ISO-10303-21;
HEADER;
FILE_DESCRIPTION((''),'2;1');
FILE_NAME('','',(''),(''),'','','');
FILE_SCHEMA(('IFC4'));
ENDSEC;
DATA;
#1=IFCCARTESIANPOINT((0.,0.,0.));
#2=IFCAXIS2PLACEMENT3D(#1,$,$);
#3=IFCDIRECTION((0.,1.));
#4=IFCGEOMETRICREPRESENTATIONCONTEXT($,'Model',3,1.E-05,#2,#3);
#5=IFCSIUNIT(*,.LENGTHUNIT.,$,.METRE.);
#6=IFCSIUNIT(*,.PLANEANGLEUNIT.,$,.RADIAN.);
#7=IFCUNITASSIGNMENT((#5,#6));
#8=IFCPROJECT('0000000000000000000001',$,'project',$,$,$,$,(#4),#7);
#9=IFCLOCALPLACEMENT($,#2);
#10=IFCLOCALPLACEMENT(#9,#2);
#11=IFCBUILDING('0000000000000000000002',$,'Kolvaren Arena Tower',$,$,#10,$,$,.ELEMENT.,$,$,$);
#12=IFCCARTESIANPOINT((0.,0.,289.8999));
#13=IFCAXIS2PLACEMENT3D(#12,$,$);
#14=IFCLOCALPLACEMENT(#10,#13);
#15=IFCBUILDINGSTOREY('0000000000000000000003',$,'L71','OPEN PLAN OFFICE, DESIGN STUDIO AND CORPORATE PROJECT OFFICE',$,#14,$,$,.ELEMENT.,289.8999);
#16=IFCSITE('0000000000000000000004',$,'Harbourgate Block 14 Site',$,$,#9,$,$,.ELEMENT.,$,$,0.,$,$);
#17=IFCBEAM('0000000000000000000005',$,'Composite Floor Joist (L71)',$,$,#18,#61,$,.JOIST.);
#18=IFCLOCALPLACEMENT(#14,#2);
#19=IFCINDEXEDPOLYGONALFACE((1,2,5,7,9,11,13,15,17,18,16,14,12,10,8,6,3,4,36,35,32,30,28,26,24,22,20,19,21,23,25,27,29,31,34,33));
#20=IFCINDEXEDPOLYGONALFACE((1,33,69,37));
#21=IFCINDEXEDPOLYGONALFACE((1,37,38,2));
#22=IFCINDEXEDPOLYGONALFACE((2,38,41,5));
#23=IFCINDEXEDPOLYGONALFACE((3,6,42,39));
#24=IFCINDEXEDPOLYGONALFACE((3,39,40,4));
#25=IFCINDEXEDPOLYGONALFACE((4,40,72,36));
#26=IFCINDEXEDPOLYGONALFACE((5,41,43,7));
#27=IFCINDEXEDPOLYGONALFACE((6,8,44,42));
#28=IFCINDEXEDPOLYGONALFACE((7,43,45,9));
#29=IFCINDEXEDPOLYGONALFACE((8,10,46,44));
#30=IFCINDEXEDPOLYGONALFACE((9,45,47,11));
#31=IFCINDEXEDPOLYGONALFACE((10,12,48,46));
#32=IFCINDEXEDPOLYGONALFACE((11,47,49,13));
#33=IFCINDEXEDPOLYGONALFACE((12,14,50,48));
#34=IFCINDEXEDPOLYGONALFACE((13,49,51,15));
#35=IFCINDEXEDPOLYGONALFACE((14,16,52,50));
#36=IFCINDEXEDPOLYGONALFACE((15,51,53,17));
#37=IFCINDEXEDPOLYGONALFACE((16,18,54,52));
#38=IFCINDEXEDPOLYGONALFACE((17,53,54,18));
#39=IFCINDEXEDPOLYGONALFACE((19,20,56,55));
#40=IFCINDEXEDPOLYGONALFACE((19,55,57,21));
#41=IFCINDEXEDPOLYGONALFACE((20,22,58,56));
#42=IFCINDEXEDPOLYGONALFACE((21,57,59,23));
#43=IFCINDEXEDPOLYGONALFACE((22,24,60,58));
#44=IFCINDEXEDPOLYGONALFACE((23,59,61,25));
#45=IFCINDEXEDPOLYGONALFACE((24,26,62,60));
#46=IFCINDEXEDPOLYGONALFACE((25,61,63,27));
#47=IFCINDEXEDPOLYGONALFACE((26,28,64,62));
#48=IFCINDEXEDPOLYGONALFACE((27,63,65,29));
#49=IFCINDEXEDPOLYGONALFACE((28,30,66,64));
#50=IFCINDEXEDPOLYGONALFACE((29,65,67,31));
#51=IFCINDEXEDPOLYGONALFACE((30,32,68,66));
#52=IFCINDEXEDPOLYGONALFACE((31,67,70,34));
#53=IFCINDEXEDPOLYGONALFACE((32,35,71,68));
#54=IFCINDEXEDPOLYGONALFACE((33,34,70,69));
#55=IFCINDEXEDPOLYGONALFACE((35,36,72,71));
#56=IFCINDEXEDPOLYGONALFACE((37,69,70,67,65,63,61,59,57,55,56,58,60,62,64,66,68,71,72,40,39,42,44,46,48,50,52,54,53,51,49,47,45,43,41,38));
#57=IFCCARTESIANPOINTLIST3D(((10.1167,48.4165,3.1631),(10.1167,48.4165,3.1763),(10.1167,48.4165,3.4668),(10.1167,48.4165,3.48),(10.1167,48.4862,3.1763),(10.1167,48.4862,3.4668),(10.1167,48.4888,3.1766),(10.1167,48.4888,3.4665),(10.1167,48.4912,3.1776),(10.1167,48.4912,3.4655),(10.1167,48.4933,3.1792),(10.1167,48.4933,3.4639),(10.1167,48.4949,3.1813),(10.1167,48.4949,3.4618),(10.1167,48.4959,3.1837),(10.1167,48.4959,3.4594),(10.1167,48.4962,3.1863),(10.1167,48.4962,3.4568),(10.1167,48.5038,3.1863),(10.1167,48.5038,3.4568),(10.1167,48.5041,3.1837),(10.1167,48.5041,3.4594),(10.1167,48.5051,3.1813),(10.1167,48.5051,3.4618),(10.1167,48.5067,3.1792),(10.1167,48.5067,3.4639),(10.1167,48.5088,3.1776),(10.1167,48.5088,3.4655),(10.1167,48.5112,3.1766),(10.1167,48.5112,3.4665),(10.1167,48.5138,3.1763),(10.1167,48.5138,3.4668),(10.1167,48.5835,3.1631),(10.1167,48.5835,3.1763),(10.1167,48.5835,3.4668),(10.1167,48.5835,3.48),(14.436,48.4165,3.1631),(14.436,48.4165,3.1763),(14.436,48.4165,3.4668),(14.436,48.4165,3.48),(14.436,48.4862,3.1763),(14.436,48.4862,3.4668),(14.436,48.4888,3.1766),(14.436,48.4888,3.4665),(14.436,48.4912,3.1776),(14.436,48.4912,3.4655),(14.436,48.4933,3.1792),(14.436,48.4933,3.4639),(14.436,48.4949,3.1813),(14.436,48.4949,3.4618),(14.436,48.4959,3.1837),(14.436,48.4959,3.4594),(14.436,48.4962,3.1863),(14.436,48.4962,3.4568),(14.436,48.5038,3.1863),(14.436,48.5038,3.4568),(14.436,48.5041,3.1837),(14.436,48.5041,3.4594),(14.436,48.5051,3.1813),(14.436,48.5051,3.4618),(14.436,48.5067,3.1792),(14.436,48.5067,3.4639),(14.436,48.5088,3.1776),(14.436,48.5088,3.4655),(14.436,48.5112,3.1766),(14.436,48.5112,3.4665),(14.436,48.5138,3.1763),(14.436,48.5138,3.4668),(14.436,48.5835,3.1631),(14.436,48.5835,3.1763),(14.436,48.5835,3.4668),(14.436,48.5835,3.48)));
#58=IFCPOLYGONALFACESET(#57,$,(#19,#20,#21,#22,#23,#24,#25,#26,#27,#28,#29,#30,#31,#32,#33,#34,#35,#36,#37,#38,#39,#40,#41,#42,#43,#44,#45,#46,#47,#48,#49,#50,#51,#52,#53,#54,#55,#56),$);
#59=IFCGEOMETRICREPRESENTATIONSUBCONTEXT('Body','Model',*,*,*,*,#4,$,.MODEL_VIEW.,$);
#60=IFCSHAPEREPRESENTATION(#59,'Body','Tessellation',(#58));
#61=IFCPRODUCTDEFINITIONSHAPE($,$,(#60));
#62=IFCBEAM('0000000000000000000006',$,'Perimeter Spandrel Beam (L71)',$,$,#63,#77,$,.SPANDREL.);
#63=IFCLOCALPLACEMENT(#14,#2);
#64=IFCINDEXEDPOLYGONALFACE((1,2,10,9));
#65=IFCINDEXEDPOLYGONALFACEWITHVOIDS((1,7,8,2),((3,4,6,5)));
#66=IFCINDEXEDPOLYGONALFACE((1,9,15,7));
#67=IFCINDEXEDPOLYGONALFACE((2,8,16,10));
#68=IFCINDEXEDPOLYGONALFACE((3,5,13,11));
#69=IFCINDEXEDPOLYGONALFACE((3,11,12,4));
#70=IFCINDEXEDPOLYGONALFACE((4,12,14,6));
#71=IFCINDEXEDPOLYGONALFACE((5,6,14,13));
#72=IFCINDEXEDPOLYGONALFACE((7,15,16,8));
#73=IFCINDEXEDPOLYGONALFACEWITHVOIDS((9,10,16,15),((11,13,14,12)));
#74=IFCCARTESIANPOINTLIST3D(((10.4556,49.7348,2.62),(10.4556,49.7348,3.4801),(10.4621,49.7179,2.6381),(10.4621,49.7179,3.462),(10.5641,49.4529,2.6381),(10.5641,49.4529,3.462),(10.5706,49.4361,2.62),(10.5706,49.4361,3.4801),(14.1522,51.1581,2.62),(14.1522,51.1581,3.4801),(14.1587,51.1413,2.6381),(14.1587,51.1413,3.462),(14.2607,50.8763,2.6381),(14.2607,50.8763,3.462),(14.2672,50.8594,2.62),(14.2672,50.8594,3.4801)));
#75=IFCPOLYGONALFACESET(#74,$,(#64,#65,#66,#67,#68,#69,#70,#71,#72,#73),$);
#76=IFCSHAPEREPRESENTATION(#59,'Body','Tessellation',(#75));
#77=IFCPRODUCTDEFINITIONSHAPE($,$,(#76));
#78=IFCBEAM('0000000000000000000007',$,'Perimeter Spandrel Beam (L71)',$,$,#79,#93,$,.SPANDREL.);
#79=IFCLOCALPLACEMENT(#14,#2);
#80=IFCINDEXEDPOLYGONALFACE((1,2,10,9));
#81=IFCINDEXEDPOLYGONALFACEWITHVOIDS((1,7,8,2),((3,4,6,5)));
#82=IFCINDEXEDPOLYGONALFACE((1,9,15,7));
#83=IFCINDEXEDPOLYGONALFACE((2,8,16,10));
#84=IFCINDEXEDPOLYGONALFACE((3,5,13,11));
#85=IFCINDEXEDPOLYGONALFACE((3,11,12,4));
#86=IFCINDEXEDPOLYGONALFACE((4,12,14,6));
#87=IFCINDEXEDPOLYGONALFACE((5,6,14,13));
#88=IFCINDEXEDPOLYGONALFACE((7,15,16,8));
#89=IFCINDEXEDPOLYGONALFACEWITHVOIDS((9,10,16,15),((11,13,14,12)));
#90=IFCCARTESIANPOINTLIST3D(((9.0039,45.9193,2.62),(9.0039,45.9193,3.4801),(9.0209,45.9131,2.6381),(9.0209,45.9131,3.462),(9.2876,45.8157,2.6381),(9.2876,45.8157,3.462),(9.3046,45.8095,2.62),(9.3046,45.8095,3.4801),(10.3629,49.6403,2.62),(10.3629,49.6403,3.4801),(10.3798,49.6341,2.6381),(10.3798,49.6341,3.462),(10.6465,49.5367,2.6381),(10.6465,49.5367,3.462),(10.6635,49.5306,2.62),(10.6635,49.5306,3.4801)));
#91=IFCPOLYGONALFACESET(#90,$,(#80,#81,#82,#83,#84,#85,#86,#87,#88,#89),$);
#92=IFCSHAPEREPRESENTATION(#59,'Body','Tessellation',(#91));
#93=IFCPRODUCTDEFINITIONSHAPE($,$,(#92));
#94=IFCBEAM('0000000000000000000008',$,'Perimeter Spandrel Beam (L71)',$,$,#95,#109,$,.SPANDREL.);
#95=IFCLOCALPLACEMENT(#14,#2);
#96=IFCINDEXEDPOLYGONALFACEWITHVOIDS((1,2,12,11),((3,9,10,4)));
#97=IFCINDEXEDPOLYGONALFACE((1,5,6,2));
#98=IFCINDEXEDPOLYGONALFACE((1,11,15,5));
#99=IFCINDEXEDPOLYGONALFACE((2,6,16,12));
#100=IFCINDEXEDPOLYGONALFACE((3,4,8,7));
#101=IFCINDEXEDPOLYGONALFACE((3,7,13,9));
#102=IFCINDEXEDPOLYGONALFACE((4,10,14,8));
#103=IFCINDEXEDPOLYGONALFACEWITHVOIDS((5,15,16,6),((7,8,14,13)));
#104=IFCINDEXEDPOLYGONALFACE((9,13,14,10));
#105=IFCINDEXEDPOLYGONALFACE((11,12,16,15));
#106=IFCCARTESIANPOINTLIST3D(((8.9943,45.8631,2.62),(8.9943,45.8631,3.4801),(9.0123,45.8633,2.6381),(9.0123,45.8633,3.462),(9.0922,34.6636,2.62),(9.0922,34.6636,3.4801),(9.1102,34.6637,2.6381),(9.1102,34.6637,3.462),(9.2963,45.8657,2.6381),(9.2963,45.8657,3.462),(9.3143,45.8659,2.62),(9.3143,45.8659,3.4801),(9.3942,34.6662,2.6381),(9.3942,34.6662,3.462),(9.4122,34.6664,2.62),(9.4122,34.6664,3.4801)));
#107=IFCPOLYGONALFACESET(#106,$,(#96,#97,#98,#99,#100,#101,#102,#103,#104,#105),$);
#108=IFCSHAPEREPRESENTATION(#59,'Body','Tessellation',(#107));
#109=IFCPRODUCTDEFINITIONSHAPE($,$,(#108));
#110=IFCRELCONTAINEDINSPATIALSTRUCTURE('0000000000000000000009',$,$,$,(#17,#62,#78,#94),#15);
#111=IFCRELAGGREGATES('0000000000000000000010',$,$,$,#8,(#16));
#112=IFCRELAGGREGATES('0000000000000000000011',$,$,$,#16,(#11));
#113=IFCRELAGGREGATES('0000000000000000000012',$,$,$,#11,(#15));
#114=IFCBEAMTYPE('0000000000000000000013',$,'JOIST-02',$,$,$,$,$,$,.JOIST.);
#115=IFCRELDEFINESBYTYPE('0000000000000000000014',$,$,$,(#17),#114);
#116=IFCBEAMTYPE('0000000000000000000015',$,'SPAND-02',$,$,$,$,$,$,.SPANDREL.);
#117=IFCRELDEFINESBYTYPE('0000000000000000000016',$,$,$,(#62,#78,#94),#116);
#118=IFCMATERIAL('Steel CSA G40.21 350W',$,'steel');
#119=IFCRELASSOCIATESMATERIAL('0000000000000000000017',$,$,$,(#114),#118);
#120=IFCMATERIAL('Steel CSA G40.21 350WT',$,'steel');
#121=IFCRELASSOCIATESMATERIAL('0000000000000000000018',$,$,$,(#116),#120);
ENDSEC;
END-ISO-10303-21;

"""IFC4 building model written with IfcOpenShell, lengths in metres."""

from ifc_helpers import new_model, si_unit, direction, frame, origin, origin_2d, place, context, subcontext, project, spatial, hollow_rectangle, i_section, extrude, material, material_profile, profile_set, type_object, element, save


model = new_model("IFC4")

# Units and contexts
model_context = context("Model", 3, precision=1e-05, world=origin(), true_north=direction((0.0, 1.0)))
body_context = subcontext(model_context, "Body", "Model", "MODEL_VIEW")
ifc_project = project(units=[si_unit("LENGTHUNIT", "METRE"), si_unit("PLANEANGLEUNIT", "RADIAN")], contexts=[model_context])

# Site, building, storey
site_placement = place(None, origin())
site = spatial("IfcSite", under=ifc_project, at=site_placement, Name="Harbourgate Block 14 Site", CompositionType="ELEMENT", RefElevation=0.0)
building_placement = place(site_placement, origin())
building = spatial("IfcBuilding", under=site, at=building_placement, Name="Kolvaren Arena Tower", CompositionType="ELEMENT")
storey_placement = place(building_placement, frame((0.0, 0.0, 289.8999)))
storey = spatial("IfcBuildingStorey", under=building, at=storey_placement, Name="L71", Description="OPEN PLAN OFFICE, DESIGN STUDIO AND CORPORATE PROJECT OFFICE", CompositionType="ELEMENT", Elevation=289.8999)

# Beams
ifc_material_1 = material(Name="Steel CSA G40.21 350W", Category="steel")
ifc_material_profile_1 = material_profile(ifc_material_1, i_section(OverallWidth=0.167, OverallDepth=0.3169, WebThickness=0.0076, FlangeThickness=0.0132, FilletRadius=0.01, at=origin_2d()), Name="W310x52")
ifc_profile_set_1 = profile_set([ifc_material_profile_1], Name="Steel CSA G40.21 350W")
beam_type_1 = type_object("IfcBeamType", Name="JOIST-02", PredefinedType="JOIST", material=ifc_profile_set_1)
beam_1_placement = place(storey_placement, frame((10.1167, 48.5, 3.3215), z_axis=(1.0, 0.0, 0.0), x_axis=(0.0, 1.0, 0.0)))
element("IfcBeam", 1, at=beam_1_placement, inside=storey, type_object=beam_type_1, Name="Composite Floor Joist (L71)", PredefinedType="JOIST", context=body_context, shape_type="SweptSolid", body=[
    extrude(i_section(OverallWidth=0.167, OverallDepth=0.3169, WebThickness=0.0076, FlangeThickness=0.0132, FilletRadius=0.01, at=origin_2d()), origin(), (0.0, 0.0, 1.0), 4.3193),
])
ifc_material_2 = material(Name="Steel CSA G40.21 350WT", Category="steel")
ifc_material_profile_2 = material_profile(ifc_material_2, hollow_rectangle(XDim=0.3201, YDim=0.8601, WallThickness=0.0181, at=origin_2d()), Name="HSS 860x320x18")
ifc_profile_set_2 = profile_set([ifc_material_profile_2], Name="Steel CSA G40.21 350WT")
beam_type_2 = type_object("IfcBeamType", Name="SPAND-02", PredefinedType="SPANDREL", material=ifc_profile_set_2)
beam_2_placement = place(storey_placement, frame((14.2097, 51.0088, 3.05), z_axis=(-0.933211, -0.35933, 0.0), x_axis=(0.35933, -0.933211, 0.0)))
element("IfcBeam", 2, at=beam_2_placement, inside=storey, type_object=beam_type_2, Name="Perimeter Spandrel Beam (L71)", PredefinedType="SPANDREL", context=body_context, shape_type="SweptSolid", body=[
    extrude(hollow_rectangle(XDim=0.3201, YDim=0.8601, WallThickness=0.0181, at=origin_2d()), origin(), (0.0, 0.0, 1.0), 3.9612),
])
beam_3_placement = place(storey_placement, frame((10.5132, 49.5854, 3.05), z_axis=(-0.343039, -0.939321, 0.0), x_axis=(0.939321, -0.343039, 0.0)))
element("IfcBeam", 3, at=beam_3_placement, inside=storey, type_object=beam_type_2, Name="Perimeter Spandrel Beam (L71)", PredefinedType="SPANDREL", context=body_context, shape_type="SweptSolid", body=[
    extrude(hollow_rectangle(XDim=0.3201, YDim=0.8601, WallThickness=0.0181, at=origin_2d()), origin(), (0.0, 0.0, 1.0), 3.9614),
])
beam_4_placement = place(storey_placement, frame((9.1543, 45.8645, 3.05), z_axis=(0.008741, -0.999962, 0.0), x_axis=(0.999962, 0.008741, 0.0)))
element("IfcBeam", 4, at=beam_4_placement, inside=storey, type_object=beam_type_2, Name="Perimeter Spandrel Beam (L71)", PredefinedType="SPANDREL", context=body_context, shape_type="SweptSolid", body=[
    extrude(hollow_rectangle(XDim=0.3201, YDim=0.8601, WallThickness=0.0181, at=origin_2d()), origin(), (0.0, 0.0, 1.0), 11.2),
])

save(model, "model.ifc")
